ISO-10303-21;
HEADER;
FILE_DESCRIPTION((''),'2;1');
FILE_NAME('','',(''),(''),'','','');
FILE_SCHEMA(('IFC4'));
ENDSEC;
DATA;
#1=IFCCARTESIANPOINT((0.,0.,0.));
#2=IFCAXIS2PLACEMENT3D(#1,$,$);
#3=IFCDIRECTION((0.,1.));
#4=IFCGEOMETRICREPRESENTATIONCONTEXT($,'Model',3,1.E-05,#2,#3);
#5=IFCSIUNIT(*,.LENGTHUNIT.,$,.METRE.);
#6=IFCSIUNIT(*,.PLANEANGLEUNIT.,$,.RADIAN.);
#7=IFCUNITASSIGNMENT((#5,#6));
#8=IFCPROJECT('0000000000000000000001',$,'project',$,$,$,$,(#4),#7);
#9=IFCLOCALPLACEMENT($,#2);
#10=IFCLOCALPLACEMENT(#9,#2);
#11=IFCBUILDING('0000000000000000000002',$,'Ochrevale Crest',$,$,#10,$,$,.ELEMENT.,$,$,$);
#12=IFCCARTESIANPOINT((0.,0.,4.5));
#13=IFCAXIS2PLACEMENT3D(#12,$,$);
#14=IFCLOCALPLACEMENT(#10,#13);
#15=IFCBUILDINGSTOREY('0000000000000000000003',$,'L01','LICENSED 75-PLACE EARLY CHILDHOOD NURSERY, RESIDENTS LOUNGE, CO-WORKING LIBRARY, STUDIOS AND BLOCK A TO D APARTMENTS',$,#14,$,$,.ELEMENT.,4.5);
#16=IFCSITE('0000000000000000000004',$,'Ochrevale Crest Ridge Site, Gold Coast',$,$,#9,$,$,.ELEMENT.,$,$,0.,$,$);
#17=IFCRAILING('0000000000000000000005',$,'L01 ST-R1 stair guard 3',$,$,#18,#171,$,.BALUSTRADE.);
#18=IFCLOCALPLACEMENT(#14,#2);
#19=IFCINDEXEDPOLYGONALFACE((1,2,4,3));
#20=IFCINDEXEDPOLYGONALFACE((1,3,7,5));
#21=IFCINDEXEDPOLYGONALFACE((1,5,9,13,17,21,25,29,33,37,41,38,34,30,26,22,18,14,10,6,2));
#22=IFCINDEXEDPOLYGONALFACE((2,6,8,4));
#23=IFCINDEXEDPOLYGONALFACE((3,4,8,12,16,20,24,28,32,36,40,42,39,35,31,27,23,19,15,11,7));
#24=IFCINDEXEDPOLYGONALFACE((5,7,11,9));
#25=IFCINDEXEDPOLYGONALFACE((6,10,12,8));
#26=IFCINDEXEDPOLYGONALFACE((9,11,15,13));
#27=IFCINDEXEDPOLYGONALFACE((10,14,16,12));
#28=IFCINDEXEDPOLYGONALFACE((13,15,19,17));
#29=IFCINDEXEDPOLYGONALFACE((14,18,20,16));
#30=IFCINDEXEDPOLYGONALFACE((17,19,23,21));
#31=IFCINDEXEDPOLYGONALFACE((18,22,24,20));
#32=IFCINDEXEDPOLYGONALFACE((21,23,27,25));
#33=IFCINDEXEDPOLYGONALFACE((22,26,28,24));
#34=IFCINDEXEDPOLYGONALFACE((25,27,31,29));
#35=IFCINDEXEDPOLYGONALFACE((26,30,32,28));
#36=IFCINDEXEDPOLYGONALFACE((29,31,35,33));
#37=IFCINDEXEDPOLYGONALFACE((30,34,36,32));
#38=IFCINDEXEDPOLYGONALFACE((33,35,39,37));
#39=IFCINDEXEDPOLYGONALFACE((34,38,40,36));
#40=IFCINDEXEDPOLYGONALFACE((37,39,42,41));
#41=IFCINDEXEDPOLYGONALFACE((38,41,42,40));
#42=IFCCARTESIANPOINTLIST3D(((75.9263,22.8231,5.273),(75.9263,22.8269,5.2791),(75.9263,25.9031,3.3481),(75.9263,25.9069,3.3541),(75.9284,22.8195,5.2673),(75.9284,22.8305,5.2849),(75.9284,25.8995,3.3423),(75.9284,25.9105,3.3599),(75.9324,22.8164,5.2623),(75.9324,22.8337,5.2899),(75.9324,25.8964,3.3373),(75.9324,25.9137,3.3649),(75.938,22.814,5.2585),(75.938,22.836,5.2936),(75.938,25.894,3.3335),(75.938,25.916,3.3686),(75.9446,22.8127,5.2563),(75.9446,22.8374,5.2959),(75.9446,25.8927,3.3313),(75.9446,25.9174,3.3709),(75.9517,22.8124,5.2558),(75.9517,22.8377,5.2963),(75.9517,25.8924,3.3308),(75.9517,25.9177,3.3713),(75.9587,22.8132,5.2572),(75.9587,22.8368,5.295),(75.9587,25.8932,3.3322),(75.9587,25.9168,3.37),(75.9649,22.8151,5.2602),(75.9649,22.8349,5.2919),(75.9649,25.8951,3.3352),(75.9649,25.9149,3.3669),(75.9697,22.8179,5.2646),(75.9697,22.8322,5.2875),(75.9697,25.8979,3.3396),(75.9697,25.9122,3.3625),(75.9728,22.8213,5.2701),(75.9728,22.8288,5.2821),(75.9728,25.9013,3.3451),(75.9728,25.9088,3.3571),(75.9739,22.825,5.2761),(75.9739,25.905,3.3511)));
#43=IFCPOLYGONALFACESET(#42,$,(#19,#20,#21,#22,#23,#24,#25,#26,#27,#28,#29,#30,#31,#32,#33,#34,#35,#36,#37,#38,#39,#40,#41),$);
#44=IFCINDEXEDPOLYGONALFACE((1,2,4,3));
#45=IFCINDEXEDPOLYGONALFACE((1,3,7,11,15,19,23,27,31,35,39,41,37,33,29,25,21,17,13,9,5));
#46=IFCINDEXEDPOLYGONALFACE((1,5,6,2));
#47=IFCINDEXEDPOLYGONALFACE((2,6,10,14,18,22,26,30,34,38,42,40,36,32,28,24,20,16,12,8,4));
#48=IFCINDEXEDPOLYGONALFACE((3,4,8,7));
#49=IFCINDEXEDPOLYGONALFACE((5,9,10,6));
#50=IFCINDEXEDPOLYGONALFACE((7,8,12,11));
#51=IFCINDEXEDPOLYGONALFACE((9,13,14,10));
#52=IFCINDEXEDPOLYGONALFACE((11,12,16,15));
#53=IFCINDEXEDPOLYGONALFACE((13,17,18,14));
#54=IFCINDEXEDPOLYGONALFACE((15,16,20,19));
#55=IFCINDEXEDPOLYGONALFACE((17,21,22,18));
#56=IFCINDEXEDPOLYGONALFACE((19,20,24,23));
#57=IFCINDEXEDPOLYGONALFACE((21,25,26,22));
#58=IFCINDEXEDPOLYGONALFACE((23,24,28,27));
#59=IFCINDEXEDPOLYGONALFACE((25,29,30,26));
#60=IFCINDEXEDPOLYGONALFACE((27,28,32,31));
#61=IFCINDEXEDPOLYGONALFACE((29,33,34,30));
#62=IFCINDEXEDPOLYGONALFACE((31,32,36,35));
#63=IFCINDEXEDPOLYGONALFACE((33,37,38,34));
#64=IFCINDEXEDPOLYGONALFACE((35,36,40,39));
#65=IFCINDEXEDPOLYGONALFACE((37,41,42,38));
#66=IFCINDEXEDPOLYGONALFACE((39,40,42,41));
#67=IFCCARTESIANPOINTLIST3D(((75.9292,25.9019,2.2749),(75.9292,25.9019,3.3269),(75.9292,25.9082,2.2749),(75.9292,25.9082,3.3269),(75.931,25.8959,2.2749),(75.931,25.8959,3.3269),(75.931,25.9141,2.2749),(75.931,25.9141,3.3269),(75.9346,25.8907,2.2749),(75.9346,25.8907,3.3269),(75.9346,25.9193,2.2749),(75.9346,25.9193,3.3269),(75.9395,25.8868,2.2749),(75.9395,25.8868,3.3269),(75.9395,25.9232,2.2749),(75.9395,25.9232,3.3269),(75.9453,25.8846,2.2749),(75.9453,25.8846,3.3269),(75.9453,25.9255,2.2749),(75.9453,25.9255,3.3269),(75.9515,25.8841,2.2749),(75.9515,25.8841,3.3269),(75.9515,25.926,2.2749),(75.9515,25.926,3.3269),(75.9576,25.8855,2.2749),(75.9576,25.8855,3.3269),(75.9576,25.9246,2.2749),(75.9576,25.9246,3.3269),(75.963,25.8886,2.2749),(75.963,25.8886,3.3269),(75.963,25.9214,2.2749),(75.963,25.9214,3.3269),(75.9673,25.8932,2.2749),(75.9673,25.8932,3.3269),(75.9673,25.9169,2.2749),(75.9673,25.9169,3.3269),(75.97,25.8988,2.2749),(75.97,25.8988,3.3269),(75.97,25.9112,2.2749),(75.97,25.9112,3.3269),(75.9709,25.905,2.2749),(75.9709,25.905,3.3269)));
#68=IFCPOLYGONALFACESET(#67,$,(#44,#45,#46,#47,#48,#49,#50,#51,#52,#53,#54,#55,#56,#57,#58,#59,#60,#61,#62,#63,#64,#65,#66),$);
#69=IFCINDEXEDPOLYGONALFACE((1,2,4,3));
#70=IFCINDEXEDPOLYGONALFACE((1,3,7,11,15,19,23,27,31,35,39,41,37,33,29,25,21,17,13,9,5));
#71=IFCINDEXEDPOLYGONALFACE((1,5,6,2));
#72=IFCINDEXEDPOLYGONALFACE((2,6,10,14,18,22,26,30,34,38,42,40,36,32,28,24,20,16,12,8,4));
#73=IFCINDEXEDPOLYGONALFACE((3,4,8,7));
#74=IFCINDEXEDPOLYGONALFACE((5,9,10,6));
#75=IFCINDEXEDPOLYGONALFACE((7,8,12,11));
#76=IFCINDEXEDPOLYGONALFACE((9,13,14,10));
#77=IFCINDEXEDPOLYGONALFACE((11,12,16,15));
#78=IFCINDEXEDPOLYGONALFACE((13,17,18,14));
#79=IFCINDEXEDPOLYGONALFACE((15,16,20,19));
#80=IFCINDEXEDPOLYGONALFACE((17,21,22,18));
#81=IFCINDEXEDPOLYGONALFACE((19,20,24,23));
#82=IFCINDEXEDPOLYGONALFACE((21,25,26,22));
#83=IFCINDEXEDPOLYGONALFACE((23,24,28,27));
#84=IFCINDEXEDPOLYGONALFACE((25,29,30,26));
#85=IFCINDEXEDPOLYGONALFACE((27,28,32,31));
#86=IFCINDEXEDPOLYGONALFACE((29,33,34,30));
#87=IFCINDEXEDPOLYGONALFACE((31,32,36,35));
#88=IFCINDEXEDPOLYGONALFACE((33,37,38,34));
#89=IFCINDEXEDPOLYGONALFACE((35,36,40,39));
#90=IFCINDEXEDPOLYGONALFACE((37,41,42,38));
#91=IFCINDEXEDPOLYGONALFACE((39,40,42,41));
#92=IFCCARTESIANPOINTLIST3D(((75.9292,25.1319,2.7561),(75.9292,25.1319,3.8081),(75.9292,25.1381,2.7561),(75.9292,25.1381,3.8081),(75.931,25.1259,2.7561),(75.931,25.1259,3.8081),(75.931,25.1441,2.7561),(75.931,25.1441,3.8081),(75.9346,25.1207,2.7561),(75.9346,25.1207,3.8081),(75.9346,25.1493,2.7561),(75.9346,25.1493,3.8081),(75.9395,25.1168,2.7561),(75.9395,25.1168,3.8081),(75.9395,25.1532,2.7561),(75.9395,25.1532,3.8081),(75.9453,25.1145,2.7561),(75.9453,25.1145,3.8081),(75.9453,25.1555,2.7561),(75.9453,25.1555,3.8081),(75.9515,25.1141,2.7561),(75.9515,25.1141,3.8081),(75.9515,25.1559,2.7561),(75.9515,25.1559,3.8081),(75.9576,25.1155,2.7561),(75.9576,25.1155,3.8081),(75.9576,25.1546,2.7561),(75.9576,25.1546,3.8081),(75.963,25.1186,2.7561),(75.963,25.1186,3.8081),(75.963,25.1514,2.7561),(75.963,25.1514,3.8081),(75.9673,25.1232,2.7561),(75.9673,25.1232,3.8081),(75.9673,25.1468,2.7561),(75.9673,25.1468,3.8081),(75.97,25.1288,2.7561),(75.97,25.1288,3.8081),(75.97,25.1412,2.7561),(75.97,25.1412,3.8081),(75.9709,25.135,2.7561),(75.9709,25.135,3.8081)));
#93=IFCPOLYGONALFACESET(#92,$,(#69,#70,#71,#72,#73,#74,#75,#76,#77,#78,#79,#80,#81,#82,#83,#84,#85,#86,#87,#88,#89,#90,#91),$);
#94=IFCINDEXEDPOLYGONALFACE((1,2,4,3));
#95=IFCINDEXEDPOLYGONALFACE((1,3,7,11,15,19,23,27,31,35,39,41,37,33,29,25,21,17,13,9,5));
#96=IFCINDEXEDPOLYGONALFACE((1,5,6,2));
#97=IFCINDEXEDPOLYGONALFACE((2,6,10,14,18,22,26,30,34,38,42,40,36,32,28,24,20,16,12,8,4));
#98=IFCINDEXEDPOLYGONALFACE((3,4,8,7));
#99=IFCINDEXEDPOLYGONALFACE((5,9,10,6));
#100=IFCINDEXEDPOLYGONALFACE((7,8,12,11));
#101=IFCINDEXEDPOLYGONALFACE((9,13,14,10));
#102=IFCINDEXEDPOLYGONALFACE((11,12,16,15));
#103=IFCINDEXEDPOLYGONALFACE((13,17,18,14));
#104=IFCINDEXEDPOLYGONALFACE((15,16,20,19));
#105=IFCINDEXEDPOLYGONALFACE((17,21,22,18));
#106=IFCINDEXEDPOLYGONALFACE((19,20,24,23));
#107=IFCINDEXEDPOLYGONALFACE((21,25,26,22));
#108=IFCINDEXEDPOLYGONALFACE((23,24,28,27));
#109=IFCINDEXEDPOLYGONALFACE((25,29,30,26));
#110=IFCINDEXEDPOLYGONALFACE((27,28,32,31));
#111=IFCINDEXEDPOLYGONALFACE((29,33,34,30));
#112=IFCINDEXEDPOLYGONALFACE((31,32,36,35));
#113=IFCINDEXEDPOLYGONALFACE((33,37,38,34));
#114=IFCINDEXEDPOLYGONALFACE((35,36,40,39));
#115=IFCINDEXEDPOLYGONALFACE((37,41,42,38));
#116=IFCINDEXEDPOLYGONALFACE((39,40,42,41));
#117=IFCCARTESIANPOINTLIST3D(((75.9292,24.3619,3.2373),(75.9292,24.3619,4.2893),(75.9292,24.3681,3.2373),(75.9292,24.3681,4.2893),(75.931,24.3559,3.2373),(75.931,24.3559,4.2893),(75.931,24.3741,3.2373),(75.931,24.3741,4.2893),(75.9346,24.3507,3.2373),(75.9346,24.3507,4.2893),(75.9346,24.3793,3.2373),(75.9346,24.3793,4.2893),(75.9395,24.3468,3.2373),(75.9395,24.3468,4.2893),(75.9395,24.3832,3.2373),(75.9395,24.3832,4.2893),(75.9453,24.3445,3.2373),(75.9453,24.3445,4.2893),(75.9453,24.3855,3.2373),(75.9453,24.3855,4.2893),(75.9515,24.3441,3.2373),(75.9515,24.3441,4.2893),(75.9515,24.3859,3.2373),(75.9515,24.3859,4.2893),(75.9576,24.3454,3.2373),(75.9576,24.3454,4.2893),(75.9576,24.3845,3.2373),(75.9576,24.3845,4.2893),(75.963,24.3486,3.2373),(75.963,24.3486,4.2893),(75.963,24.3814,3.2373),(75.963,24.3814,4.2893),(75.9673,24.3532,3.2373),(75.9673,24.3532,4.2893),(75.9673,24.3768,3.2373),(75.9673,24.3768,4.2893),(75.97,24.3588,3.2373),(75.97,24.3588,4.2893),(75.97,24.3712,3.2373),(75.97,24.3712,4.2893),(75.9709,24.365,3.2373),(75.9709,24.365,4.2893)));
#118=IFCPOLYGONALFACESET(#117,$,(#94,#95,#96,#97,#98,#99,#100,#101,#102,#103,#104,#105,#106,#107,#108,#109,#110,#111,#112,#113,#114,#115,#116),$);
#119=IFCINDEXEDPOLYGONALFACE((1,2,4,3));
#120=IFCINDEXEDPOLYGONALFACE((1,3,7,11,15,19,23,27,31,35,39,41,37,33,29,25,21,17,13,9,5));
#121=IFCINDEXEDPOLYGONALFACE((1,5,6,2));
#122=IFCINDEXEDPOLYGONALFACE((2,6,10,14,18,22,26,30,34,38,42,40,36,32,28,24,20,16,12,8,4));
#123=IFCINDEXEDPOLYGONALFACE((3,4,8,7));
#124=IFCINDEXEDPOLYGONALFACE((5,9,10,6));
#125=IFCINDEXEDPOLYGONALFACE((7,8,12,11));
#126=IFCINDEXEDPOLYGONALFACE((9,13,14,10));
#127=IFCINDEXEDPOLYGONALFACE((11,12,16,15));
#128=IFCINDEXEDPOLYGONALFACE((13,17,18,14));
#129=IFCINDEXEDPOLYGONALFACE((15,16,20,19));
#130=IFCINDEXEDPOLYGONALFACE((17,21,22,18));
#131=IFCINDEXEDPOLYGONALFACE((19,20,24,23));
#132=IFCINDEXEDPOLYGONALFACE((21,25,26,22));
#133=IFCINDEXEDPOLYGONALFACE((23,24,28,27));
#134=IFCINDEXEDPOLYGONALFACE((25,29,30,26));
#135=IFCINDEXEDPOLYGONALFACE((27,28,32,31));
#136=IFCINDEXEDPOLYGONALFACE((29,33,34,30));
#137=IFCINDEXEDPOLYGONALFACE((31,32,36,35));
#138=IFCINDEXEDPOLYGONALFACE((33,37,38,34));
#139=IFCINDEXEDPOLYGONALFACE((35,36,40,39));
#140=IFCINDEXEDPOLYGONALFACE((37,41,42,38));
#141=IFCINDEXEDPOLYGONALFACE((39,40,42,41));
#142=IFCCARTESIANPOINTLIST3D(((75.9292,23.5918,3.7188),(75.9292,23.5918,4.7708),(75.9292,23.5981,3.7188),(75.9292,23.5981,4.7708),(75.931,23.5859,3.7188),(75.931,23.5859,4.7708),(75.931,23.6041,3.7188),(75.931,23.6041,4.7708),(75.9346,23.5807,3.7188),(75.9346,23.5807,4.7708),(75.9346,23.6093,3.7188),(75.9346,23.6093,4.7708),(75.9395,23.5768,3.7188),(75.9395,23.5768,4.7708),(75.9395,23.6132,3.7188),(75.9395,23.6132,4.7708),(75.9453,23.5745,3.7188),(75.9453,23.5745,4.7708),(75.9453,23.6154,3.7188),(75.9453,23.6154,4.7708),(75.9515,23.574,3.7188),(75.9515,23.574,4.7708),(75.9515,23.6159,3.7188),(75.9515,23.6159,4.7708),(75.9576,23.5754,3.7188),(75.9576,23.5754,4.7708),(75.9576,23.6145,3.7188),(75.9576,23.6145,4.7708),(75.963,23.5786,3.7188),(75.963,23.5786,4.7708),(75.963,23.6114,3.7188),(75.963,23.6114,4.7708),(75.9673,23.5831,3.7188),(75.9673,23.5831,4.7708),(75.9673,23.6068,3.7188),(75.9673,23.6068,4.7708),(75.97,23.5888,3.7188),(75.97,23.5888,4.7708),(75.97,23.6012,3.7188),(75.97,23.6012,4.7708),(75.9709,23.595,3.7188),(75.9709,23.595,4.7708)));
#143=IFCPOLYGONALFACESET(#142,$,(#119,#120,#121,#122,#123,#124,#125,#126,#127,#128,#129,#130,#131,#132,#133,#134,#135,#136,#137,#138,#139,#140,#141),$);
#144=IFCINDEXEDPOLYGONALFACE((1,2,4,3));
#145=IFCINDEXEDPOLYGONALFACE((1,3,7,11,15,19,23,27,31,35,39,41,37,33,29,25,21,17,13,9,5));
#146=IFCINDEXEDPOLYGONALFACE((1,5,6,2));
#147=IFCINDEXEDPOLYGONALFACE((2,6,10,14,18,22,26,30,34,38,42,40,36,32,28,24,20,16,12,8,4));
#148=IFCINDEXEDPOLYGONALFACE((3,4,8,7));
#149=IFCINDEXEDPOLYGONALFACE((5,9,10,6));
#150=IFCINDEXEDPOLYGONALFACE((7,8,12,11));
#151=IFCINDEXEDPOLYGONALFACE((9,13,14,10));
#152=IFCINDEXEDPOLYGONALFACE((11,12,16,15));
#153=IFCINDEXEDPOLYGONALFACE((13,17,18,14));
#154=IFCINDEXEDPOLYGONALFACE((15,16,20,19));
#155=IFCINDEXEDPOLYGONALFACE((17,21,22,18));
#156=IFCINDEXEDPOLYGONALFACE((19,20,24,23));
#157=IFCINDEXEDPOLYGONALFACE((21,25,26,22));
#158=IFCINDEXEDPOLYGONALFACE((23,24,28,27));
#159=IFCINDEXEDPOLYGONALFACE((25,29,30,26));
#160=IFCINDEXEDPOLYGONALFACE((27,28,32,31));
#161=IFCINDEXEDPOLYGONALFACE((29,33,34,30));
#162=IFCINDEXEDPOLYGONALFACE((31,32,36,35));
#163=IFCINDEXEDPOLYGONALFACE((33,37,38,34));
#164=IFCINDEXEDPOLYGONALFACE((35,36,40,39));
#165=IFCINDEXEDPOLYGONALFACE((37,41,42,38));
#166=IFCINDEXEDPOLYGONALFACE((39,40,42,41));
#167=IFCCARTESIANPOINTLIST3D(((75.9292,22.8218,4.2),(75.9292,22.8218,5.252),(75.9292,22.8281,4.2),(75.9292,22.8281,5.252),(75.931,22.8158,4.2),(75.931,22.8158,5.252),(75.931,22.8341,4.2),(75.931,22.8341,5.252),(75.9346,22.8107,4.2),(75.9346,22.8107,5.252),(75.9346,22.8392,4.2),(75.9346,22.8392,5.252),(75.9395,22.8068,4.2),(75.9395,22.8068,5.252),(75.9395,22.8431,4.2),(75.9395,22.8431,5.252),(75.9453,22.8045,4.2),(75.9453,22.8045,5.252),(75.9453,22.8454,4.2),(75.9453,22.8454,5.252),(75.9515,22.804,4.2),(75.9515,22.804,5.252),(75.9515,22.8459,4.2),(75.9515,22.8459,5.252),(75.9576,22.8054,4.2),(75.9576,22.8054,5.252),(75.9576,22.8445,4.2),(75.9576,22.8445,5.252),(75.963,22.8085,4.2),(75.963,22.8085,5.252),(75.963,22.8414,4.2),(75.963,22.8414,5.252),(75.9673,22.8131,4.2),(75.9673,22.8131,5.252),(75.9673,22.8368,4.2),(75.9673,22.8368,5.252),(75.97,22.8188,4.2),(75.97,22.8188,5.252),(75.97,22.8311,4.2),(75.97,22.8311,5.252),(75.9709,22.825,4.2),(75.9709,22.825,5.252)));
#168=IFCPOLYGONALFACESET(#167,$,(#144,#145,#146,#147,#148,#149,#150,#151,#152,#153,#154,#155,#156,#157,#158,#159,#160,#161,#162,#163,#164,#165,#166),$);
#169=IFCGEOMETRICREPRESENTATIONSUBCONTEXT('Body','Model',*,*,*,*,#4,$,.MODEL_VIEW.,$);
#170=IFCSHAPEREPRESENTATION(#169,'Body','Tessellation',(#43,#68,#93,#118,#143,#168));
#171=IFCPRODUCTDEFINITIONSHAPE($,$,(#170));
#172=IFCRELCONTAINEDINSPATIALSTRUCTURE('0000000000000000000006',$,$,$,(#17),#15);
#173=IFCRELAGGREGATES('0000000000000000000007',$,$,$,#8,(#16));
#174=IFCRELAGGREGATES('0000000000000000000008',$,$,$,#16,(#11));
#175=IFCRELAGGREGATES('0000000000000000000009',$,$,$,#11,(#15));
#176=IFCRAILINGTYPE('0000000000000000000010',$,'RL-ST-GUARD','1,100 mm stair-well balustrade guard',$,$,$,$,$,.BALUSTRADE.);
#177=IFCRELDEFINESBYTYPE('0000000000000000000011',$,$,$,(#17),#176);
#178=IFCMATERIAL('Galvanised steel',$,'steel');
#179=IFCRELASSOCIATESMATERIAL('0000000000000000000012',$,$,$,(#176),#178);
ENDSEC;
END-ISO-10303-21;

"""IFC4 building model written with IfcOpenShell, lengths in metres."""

from ifc_helpers import new_model, si_unit, direction, frame, origin, origin_2d, place, context, subcontext, project, spatial, circle, extrude, material, type_object, element, save


model = new_model("IFC4")

# Units and contexts
model_context = context("Model", 3, precision=1e-05, world=origin(), true_north=direction((0.0, 1.0)))
body_context = subcontext(model_context, "Body", "Model", "MODEL_VIEW")
ifc_project = project(units=[si_unit("LENGTHUNIT", "METRE"), si_unit("PLANEANGLEUNIT", "RADIAN")], contexts=[model_context])

# Site, building, storey
site_placement = place(None, origin())
site = spatial("IfcSite", under=ifc_project, at=site_placement, Name="Ochrevale Crest Ridge Site, Gold Coast", CompositionType="ELEMENT", RefElevation=0.0)
building_placement = place(site_placement, origin())
building = spatial("IfcBuilding", under=site, at=building_placement, Name="Ochrevale Crest", CompositionType="ELEMENT")
storey_placement = place(building_placement, frame((0.0, 0.0, 4.5)))
storey = spatial("IfcBuildingStorey", under=building, at=storey_placement, Name="L01", Description="LICENSED 75-PLACE EARLY CHILDHOOD NURSERY, RESIDENTS LOUNGE, CO-WORKING LIBRARY, STUDIOS AND BLOCK A TO D APARTMENTS", CompositionType="ELEMENT", Elevation=4.5)

# Railing
ifc_material_1 = material(Name="Galvanised steel", Category="steel")
railing_type_1 = type_object("IfcRailingType", Name="RL-ST-GUARD", Description="1,100 mm stair-well balustrade guard", PredefinedType="BALUSTRADE", material=ifc_material_1)
railing_1_placement = place(storey_placement, frame((75.95, 25.905, 2.2749)))
element("IfcRailing", 1, at=railing_1_placement, inside=storey, type_object=railing_type_1, Name="L01 ST-R1 stair guard 3", PredefinedType="BALUSTRADE", context=body_context, shape_type="SweptSolid", body=[
    extrude(circle(Radius=0.0239, at=origin_2d()), frame((0.0, 0.0, 1.0762), z_axis=(0.0, -0.847998, 0.529999), x_axis=(1.0, 0.0, 0.0)), (0.0, 0.0, 1.0), 3.6321),
    extrude(circle(Radius=0.021, at=origin_2d()), origin(), (0.0, 0.0, 1.0), 1.052),
    extrude(circle(Radius=0.021, at=origin_2d()), frame((0.0, -0.77, 0.4812)), (0.0, 0.0, 1.0), 1.052),
    extrude(circle(Radius=0.021, at=origin_2d()), frame((0.0, -1.54, 0.9624)), (0.0, 0.0, 1.0), 1.052),
    extrude(circle(Radius=0.021, at=origin_2d()), frame((0.0, -2.3101, 1.4438)), (0.0, 0.0, 1.0), 1.052),
    extrude(circle(Radius=0.021, at=origin_2d()), frame((0.0, -3.0801, 1.925)), (0.0, 0.0, 1.0), 1.052),
])

save(model, "model.ifc")
